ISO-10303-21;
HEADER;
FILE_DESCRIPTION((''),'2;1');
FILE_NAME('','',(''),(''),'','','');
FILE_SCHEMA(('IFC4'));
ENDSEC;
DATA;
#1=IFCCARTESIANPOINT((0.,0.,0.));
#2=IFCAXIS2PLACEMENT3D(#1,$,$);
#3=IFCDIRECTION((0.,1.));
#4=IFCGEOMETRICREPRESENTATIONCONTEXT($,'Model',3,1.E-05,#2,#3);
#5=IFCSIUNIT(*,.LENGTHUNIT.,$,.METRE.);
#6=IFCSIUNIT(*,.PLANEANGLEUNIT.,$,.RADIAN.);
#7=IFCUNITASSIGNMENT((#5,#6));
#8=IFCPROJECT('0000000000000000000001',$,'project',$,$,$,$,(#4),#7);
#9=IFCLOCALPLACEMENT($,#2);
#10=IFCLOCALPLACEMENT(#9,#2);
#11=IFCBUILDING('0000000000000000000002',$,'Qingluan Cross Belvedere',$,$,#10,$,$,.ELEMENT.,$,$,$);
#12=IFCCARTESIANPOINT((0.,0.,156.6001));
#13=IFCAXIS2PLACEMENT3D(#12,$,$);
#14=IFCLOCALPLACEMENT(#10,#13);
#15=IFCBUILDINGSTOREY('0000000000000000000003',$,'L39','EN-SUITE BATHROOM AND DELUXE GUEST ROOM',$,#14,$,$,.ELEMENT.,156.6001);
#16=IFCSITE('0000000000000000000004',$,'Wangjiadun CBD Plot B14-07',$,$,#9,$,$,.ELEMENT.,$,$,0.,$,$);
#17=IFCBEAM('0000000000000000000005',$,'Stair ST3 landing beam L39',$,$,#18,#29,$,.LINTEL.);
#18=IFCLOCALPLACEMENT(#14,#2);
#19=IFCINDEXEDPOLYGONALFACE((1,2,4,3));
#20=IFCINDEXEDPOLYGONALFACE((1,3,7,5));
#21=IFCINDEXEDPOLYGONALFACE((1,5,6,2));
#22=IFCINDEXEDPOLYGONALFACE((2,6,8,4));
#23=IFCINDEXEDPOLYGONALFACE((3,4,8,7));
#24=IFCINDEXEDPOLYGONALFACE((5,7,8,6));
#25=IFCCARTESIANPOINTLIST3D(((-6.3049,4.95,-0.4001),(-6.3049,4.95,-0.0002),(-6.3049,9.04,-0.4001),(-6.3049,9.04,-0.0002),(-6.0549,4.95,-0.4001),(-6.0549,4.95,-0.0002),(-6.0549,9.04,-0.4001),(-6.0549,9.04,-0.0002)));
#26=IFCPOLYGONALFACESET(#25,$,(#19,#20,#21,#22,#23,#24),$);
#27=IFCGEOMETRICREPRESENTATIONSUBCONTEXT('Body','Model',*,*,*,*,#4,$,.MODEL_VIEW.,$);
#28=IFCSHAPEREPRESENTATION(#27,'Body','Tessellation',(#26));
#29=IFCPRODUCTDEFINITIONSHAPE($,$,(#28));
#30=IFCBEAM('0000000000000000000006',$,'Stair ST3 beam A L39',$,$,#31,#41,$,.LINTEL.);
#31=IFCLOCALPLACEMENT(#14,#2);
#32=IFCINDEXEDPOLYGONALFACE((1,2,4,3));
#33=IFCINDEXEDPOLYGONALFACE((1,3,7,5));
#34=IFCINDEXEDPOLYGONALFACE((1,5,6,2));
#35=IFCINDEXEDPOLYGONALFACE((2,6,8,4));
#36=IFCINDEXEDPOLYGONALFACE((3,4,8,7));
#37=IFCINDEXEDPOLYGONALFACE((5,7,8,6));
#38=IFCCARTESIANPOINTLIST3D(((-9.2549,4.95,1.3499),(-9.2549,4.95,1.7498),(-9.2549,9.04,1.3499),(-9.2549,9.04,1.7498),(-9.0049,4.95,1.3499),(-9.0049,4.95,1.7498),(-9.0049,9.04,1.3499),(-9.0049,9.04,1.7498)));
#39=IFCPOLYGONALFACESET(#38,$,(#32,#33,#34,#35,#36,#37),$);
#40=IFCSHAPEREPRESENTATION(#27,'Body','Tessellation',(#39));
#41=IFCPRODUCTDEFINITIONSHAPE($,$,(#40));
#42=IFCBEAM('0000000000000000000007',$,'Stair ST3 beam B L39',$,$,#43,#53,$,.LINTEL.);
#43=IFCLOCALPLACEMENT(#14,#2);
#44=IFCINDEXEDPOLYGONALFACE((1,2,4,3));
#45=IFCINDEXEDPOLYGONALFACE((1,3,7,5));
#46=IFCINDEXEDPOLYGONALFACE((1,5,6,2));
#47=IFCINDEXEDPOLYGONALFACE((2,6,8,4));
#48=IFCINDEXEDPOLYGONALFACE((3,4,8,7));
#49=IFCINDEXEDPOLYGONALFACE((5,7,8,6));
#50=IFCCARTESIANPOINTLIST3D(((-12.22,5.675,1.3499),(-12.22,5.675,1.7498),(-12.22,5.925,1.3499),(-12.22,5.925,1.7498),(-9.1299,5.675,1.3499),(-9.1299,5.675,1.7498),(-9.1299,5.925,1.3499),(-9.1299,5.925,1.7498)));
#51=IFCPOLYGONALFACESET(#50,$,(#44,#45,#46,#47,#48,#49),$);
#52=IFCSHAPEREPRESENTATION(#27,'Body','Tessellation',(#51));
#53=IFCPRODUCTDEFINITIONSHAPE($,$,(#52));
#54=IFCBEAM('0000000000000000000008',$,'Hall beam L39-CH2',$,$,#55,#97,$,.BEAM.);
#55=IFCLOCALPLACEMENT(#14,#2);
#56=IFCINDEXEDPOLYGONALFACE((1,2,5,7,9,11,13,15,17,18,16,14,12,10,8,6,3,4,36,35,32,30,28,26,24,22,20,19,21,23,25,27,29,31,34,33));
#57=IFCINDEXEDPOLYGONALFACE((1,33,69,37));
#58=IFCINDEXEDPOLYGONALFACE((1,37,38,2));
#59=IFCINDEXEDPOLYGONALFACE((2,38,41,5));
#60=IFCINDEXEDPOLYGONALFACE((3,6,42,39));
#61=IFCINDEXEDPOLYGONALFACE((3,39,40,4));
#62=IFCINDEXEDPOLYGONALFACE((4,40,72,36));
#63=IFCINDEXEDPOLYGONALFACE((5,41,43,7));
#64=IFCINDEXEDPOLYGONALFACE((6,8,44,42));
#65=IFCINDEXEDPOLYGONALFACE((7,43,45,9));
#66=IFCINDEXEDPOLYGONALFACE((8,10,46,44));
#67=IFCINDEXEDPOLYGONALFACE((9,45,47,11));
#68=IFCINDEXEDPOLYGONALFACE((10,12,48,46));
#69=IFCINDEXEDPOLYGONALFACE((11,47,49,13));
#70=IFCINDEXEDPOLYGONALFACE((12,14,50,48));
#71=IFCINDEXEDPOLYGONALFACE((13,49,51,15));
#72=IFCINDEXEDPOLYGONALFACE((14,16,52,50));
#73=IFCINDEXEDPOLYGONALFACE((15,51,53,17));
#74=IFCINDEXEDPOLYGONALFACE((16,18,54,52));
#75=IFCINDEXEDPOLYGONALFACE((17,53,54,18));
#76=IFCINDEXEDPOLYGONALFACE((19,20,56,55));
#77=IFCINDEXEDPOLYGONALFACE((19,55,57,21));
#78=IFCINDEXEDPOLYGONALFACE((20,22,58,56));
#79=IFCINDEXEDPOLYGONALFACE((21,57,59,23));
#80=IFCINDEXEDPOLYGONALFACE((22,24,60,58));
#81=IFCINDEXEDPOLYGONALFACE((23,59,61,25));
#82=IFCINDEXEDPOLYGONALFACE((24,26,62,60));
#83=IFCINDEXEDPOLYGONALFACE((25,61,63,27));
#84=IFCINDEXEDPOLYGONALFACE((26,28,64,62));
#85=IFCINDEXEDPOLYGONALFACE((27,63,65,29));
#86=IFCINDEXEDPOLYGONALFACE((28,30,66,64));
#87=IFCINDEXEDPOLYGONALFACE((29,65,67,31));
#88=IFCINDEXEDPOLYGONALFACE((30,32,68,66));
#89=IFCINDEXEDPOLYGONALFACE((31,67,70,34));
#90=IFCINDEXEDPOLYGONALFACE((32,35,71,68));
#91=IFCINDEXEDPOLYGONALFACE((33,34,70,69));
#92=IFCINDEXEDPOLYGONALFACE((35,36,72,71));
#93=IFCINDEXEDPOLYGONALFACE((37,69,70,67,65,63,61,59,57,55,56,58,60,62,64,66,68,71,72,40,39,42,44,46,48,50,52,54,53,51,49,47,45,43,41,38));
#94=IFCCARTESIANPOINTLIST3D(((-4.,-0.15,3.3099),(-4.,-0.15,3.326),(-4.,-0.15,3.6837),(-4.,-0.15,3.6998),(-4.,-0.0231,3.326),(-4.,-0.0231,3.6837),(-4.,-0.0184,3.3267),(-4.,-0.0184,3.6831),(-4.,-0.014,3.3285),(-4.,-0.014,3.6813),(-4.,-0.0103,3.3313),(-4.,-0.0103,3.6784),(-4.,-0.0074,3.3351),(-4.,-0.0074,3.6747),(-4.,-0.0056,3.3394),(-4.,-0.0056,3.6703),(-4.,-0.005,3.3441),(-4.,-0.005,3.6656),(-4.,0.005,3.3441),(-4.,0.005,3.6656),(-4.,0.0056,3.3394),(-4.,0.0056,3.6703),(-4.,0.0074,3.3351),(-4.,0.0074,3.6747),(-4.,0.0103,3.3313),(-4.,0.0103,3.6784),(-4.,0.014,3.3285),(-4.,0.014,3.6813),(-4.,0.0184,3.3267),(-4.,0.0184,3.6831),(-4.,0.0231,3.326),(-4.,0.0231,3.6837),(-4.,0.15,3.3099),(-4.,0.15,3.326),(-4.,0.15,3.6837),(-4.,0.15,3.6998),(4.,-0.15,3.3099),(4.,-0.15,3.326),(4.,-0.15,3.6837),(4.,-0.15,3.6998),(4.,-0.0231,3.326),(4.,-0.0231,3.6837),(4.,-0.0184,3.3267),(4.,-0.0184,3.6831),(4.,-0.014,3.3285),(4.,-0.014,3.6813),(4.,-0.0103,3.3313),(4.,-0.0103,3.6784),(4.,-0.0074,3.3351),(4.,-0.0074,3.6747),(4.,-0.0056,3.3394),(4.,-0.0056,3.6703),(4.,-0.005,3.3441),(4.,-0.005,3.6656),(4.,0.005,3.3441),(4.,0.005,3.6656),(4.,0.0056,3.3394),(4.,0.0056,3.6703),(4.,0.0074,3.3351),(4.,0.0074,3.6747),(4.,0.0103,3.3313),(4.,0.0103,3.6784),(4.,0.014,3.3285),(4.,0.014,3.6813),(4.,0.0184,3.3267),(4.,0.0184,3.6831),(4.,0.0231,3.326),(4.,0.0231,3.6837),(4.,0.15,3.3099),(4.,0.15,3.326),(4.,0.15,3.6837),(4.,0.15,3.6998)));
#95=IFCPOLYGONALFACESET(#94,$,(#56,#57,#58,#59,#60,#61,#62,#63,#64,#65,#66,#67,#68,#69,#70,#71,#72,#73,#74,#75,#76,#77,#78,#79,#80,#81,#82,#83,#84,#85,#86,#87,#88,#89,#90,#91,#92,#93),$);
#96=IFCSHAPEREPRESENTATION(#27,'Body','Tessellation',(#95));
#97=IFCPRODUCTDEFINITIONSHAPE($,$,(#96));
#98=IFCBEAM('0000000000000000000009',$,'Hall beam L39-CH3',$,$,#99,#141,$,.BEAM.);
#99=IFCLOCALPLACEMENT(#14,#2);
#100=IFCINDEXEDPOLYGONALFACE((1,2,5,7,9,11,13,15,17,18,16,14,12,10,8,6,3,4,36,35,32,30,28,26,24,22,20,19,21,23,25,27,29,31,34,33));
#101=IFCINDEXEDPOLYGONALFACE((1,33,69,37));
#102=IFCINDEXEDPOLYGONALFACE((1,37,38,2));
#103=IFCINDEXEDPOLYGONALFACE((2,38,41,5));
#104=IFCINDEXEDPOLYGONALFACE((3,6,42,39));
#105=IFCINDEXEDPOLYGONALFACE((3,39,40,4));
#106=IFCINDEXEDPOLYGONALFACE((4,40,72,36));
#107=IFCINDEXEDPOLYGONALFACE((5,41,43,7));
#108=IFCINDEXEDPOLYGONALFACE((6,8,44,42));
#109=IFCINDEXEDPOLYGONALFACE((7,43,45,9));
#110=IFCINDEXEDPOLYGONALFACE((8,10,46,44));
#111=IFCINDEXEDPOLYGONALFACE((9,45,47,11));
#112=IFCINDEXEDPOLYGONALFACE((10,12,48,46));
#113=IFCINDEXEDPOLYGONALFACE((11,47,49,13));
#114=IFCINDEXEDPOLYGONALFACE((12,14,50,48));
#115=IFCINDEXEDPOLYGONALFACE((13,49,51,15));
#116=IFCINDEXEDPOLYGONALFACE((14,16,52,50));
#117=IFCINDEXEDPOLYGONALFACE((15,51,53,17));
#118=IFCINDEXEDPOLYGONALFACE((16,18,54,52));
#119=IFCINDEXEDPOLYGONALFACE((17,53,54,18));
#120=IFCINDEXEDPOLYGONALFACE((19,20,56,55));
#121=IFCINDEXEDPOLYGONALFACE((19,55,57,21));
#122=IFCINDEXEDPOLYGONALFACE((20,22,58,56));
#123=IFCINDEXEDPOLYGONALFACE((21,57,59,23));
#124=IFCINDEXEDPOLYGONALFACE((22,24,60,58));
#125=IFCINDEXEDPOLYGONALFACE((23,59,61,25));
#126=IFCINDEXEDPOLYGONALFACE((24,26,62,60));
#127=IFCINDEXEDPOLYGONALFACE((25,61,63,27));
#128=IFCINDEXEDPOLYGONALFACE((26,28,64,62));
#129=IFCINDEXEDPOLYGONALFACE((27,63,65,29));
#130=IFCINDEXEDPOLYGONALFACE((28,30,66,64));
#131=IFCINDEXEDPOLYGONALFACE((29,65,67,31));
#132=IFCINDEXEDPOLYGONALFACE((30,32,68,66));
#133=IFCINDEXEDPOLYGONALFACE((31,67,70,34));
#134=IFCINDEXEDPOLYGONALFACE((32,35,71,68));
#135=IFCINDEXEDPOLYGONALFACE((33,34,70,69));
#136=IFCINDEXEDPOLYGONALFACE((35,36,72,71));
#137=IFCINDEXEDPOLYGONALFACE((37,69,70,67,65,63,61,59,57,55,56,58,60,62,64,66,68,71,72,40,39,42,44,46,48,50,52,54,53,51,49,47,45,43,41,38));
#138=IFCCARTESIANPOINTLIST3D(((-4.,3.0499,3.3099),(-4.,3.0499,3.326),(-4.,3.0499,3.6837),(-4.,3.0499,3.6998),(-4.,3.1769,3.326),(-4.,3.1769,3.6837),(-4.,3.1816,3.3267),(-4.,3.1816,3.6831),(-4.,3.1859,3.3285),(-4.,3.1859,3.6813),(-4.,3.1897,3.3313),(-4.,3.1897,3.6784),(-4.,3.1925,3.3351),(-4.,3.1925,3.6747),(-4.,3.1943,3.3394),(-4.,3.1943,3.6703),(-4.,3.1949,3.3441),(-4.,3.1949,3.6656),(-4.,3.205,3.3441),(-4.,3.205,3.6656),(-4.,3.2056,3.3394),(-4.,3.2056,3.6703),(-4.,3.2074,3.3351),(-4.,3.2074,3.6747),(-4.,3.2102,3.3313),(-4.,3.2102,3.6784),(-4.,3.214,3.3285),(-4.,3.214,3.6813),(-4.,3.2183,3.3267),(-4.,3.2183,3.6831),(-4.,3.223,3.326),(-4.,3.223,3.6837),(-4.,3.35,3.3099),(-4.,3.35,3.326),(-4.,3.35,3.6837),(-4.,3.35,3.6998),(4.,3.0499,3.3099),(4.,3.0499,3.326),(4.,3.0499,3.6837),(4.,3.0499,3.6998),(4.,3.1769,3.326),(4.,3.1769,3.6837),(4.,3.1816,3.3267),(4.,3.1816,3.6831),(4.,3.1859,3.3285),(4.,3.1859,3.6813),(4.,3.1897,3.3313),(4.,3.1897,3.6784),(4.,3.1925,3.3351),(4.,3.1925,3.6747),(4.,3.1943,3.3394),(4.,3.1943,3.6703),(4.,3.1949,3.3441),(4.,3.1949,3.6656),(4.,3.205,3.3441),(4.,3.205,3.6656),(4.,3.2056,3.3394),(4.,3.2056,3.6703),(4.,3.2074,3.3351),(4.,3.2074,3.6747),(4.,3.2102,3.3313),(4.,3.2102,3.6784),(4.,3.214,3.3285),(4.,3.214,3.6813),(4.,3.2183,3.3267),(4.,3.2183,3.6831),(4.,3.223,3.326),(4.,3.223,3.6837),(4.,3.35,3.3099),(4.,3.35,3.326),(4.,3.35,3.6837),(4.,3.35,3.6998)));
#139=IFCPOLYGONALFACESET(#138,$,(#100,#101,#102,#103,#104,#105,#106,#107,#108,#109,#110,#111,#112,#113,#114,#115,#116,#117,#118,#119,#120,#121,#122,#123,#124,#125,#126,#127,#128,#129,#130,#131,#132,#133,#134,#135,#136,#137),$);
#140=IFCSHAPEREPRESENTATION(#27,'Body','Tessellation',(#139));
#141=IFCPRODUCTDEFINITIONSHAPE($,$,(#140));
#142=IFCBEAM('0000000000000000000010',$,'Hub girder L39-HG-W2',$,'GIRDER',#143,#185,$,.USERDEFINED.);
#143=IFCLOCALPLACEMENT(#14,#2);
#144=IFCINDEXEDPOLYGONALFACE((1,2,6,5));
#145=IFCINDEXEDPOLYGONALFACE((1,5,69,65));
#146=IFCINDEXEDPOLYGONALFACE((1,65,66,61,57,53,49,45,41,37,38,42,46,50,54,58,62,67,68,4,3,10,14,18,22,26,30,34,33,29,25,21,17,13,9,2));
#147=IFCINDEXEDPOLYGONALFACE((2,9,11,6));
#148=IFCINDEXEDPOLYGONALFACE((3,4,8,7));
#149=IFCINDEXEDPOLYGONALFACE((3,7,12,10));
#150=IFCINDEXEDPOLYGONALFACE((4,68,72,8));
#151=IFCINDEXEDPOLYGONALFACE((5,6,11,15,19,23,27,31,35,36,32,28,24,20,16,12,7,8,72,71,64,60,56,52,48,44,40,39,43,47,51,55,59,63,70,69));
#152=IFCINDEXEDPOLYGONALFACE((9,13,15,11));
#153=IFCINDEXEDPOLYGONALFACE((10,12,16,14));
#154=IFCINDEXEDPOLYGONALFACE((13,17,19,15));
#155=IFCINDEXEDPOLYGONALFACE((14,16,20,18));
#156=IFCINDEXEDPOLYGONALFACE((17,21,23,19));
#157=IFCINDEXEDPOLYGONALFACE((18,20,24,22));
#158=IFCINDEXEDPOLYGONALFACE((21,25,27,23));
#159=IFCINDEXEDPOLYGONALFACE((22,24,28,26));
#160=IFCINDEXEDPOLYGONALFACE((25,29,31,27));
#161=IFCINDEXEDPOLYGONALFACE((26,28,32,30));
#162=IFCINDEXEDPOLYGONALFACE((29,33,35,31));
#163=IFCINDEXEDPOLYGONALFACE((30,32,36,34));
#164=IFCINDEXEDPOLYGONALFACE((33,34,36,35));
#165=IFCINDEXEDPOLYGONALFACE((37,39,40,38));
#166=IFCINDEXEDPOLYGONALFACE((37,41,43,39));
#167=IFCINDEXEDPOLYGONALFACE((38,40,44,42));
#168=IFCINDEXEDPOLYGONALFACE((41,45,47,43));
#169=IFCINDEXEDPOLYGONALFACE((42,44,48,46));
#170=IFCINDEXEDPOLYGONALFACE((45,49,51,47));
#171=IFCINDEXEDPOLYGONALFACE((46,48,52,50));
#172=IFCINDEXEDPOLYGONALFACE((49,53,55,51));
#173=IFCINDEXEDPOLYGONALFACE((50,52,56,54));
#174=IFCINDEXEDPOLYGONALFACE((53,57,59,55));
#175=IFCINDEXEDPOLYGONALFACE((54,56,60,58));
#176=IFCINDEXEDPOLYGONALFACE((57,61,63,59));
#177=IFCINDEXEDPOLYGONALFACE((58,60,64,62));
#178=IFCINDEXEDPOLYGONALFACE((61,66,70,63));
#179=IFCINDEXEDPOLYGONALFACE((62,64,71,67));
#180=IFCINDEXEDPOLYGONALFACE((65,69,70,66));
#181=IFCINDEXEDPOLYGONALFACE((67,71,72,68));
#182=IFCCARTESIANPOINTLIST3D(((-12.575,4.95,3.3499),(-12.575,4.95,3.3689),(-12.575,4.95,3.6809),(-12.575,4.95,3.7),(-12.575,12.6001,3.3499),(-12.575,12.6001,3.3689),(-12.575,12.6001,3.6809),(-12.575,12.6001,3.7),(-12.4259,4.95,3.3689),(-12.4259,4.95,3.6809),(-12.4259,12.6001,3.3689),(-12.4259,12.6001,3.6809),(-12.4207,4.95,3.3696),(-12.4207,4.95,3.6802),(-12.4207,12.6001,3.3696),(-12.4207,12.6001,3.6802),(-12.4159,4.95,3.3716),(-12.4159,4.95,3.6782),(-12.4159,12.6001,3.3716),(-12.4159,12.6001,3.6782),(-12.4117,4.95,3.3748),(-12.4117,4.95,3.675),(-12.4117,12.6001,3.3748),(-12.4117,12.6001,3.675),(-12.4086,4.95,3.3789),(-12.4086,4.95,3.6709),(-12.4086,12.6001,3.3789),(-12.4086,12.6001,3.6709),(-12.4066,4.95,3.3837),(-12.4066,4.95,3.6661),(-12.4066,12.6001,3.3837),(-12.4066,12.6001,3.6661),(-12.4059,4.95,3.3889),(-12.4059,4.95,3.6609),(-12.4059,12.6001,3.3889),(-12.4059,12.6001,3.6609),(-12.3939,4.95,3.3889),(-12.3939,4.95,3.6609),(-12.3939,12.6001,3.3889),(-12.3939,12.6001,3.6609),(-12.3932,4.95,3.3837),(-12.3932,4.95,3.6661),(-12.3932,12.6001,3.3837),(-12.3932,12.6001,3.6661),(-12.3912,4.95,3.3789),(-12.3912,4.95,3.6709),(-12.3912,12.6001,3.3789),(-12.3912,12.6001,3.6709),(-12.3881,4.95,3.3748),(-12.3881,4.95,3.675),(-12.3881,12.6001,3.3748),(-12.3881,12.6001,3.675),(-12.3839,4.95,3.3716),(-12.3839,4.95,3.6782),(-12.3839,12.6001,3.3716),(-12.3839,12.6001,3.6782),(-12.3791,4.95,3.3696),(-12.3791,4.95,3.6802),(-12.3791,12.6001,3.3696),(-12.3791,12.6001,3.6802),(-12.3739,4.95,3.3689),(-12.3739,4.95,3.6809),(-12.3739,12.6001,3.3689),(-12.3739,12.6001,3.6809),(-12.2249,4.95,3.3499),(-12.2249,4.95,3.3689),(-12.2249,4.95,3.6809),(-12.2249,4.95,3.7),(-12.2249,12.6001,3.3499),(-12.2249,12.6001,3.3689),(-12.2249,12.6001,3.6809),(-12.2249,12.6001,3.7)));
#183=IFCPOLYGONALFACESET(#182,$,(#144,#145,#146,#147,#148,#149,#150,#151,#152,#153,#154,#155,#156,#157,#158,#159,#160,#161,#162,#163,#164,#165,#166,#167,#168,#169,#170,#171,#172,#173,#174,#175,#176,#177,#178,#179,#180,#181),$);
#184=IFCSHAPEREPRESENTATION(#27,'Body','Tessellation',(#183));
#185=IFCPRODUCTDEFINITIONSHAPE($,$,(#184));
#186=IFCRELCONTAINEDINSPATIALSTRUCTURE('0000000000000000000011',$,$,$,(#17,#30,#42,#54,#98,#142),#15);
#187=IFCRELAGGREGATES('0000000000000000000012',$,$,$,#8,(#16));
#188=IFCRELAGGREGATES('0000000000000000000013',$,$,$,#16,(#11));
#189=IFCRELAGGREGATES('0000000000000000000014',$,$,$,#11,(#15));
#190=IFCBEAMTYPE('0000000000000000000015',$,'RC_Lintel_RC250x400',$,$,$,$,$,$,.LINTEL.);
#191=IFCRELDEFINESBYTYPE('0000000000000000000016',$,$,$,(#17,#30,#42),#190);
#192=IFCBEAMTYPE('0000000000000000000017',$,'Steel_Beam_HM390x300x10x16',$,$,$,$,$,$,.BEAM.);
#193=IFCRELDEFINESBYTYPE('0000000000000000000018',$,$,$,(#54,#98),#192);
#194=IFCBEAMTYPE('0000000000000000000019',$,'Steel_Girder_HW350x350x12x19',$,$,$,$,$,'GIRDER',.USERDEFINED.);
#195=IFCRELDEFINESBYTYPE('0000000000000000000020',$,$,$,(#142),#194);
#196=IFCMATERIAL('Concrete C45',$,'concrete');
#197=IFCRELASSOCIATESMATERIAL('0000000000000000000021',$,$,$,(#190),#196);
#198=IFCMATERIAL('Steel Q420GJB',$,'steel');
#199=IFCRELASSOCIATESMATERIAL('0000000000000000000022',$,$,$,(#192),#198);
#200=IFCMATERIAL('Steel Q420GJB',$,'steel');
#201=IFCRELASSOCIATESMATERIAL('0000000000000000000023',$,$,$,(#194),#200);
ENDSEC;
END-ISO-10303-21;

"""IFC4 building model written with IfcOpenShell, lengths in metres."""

from ifc_helpers import new_model, si_unit, direction, frame, origin, origin_2d, place, context, subcontext, project, spatial, rectangle, i_section, extrude, material, material_profile, profile_set, type_object, element, save


model = new_model("IFC4")

# Units and contexts
model_context = context("Model", 3, precision=1e-05, world=origin(), true_north=direction((0.0, 1.0)))
body_context = subcontext(model_context, "Body", "Model", "MODEL_VIEW")
ifc_project = project(units=[si_unit("LENGTHUNIT", "METRE"), si_unit("PLANEANGLEUNIT", "RADIAN")], contexts=[model_context])

# Site, building, storey
site_placement = place(None, origin())
site = spatial("IfcSite", under=ifc_project, at=site_placement, Name="Wangjiadun CBD Plot B14-07", CompositionType="ELEMENT", RefElevation=0.0)
building_placement = place(site_placement, origin())
building = spatial("IfcBuilding", under=site, at=building_placement, Name="Qingluan Cross Belvedere", CompositionType="ELEMENT")
storey_placement = place(building_placement, frame((0.0, 0.0, 156.6001)))
storey = spatial("IfcBuildingStorey", under=building, at=storey_placement, Name="L39", Description="EN-SUITE BATHROOM AND DELUXE GUEST ROOM", CompositionType="ELEMENT", Elevation=156.6001)

# Beams
ifc_material_1 = material(Name="Concrete C45", Category="concrete")
ifc_material_profile_1 = material_profile(ifc_material_1, rectangle(XDim=0.25, YDim=0.3999, at=origin_2d()), Name="RC250x400")
ifc_profile_set_1 = profile_set([ifc_material_profile_1], Name="Concrete C45")
beam_type_1 = type_object("IfcBeamType", Name="RC_Lintel_RC250x400", PredefinedType="LINTEL", material=ifc_profile_set_1)
for number, where, z_axis, x_axis, name in (
    (1, (-6.1799, 4.95, -0.2002), (0.0, 1.0, 0.0), (-1.0, 0.0, 0.0), "Stair ST3 landing beam L39"),
    (2, (-9.1299, 4.95, 1.5498), (0.0, 1.0, 0.0), (-1.0, 0.0, 0.0), "Stair ST3 beam A L39"),
):
    element("IfcBeam", number, at=place(storey_placement, frame(where, z_axis=z_axis, x_axis=x_axis)), inside=storey, type_object=beam_type_1, Name=name, PredefinedType="LINTEL", context=body_context, shape_type="SweptSolid", body=[
        extrude(rectangle(XDim=0.25, YDim=0.3999, at=origin_2d()), origin(), (0.0, 0.0, 1.0), 4.0901),
    ])
beam_1_placement = place(storey_placement, frame((-12.22, 5.8, 1.5498), z_axis=(1.0, 0.0, 0.0), x_axis=(0.0, 1.0, 0.0)))
element("IfcBeam", 3, at=beam_1_placement, inside=storey, type_object=beam_type_1, Name="Stair ST3 beam B L39", PredefinedType="LINTEL", context=body_context, shape_type="SweptSolid", body=[
    extrude(rectangle(XDim=0.25, YDim=0.3999, at=origin_2d()), origin(), (0.0, 0.0, 1.0), 3.0901),
])
ifc_material_2 = material(Name="Steel Q420GJB", Category="steel")
ifc_material_profile_2 = material_profile(ifc_material_2, i_section(OverallWidth=0.3, OverallDepth=0.3899, WebThickness=0.01, FlangeThickness=0.0161, FilletRadius=0.0181, at=origin_2d()), Name="HM390x300x10x16")
ifc_profile_set_2 = profile_set([ifc_material_profile_2], Name="Steel Q420GJB")
beam_type_2 = type_object("IfcBeamType", Name="Steel_Beam_HM390x300x10x16", PredefinedType="BEAM", material=ifc_profile_set_2)
for number, where, z_axis, x_axis, name in (
    (4, (-4.0, 0.0, 3.5049), (1.0, 0.0, 0.0), (0.0, 1.0, 0.0), "Hall beam L39-CH2"),
    (5, (-4.0, 3.2, 3.5049), (1.0, 0.0, 0.0), (0.0, 1.0, 0.0), "Hall beam L39-CH3"),
):
    element("IfcBeam", number, at=place(storey_placement, frame(where, z_axis=z_axis, x_axis=x_axis)), inside=storey, type_object=beam_type_2, Name=name, PredefinedType="BEAM", context=body_context, shape_type="SweptSolid", body=[
        extrude(i_section(OverallWidth=0.3, OverallDepth=0.3899, WebThickness=0.01, FlangeThickness=0.0161, FilletRadius=0.0181, at=origin_2d()), origin(), (0.0, 0.0, 1.0), 8.0),
    ])
ifc_material_3 = material(Name="Steel Q420GJB", Category="steel")
ifc_material_profile_3 = material_profile(ifc_material_3, i_section(OverallWidth=0.3501, OverallDepth=0.3501, WebThickness=0.012, FlangeThickness=0.019, FilletRadius=0.02, at=origin_2d()), Name="HW350x350x12x19")
ifc_profile_set_3 = profile_set([ifc_material_profile_3], Name="Steel Q420GJB")
beam_type_3 = type_object("IfcBeamType", Name="Steel_Girder_HW350x350x12x19", ElementType="GIRDER", PredefinedType="USERDEFINED", material=ifc_profile_set_3)
beam_2_placement = place(storey_placement, frame((-12.3999, 4.95, 3.5249), z_axis=(0.0, 1.0, 0.0), x_axis=(-1.0, 0.0, 0.0)))
element("IfcBeam", 6, at=beam_2_placement, inside=storey, type_object=beam_type_3, Name="Hub girder L39-HG-W2", ObjectType="GIRDER", PredefinedType="USERDEFINED", context=body_context, shape_type="SweptSolid", body=[
    extrude(i_section(OverallWidth=0.3501, OverallDepth=0.3501, WebThickness=0.012, FlangeThickness=0.019, FilletRadius=0.02, at=origin_2d()), origin(), (0.0, 0.0, 1.0), 7.6501),
])

save(model, "model.ifc")
